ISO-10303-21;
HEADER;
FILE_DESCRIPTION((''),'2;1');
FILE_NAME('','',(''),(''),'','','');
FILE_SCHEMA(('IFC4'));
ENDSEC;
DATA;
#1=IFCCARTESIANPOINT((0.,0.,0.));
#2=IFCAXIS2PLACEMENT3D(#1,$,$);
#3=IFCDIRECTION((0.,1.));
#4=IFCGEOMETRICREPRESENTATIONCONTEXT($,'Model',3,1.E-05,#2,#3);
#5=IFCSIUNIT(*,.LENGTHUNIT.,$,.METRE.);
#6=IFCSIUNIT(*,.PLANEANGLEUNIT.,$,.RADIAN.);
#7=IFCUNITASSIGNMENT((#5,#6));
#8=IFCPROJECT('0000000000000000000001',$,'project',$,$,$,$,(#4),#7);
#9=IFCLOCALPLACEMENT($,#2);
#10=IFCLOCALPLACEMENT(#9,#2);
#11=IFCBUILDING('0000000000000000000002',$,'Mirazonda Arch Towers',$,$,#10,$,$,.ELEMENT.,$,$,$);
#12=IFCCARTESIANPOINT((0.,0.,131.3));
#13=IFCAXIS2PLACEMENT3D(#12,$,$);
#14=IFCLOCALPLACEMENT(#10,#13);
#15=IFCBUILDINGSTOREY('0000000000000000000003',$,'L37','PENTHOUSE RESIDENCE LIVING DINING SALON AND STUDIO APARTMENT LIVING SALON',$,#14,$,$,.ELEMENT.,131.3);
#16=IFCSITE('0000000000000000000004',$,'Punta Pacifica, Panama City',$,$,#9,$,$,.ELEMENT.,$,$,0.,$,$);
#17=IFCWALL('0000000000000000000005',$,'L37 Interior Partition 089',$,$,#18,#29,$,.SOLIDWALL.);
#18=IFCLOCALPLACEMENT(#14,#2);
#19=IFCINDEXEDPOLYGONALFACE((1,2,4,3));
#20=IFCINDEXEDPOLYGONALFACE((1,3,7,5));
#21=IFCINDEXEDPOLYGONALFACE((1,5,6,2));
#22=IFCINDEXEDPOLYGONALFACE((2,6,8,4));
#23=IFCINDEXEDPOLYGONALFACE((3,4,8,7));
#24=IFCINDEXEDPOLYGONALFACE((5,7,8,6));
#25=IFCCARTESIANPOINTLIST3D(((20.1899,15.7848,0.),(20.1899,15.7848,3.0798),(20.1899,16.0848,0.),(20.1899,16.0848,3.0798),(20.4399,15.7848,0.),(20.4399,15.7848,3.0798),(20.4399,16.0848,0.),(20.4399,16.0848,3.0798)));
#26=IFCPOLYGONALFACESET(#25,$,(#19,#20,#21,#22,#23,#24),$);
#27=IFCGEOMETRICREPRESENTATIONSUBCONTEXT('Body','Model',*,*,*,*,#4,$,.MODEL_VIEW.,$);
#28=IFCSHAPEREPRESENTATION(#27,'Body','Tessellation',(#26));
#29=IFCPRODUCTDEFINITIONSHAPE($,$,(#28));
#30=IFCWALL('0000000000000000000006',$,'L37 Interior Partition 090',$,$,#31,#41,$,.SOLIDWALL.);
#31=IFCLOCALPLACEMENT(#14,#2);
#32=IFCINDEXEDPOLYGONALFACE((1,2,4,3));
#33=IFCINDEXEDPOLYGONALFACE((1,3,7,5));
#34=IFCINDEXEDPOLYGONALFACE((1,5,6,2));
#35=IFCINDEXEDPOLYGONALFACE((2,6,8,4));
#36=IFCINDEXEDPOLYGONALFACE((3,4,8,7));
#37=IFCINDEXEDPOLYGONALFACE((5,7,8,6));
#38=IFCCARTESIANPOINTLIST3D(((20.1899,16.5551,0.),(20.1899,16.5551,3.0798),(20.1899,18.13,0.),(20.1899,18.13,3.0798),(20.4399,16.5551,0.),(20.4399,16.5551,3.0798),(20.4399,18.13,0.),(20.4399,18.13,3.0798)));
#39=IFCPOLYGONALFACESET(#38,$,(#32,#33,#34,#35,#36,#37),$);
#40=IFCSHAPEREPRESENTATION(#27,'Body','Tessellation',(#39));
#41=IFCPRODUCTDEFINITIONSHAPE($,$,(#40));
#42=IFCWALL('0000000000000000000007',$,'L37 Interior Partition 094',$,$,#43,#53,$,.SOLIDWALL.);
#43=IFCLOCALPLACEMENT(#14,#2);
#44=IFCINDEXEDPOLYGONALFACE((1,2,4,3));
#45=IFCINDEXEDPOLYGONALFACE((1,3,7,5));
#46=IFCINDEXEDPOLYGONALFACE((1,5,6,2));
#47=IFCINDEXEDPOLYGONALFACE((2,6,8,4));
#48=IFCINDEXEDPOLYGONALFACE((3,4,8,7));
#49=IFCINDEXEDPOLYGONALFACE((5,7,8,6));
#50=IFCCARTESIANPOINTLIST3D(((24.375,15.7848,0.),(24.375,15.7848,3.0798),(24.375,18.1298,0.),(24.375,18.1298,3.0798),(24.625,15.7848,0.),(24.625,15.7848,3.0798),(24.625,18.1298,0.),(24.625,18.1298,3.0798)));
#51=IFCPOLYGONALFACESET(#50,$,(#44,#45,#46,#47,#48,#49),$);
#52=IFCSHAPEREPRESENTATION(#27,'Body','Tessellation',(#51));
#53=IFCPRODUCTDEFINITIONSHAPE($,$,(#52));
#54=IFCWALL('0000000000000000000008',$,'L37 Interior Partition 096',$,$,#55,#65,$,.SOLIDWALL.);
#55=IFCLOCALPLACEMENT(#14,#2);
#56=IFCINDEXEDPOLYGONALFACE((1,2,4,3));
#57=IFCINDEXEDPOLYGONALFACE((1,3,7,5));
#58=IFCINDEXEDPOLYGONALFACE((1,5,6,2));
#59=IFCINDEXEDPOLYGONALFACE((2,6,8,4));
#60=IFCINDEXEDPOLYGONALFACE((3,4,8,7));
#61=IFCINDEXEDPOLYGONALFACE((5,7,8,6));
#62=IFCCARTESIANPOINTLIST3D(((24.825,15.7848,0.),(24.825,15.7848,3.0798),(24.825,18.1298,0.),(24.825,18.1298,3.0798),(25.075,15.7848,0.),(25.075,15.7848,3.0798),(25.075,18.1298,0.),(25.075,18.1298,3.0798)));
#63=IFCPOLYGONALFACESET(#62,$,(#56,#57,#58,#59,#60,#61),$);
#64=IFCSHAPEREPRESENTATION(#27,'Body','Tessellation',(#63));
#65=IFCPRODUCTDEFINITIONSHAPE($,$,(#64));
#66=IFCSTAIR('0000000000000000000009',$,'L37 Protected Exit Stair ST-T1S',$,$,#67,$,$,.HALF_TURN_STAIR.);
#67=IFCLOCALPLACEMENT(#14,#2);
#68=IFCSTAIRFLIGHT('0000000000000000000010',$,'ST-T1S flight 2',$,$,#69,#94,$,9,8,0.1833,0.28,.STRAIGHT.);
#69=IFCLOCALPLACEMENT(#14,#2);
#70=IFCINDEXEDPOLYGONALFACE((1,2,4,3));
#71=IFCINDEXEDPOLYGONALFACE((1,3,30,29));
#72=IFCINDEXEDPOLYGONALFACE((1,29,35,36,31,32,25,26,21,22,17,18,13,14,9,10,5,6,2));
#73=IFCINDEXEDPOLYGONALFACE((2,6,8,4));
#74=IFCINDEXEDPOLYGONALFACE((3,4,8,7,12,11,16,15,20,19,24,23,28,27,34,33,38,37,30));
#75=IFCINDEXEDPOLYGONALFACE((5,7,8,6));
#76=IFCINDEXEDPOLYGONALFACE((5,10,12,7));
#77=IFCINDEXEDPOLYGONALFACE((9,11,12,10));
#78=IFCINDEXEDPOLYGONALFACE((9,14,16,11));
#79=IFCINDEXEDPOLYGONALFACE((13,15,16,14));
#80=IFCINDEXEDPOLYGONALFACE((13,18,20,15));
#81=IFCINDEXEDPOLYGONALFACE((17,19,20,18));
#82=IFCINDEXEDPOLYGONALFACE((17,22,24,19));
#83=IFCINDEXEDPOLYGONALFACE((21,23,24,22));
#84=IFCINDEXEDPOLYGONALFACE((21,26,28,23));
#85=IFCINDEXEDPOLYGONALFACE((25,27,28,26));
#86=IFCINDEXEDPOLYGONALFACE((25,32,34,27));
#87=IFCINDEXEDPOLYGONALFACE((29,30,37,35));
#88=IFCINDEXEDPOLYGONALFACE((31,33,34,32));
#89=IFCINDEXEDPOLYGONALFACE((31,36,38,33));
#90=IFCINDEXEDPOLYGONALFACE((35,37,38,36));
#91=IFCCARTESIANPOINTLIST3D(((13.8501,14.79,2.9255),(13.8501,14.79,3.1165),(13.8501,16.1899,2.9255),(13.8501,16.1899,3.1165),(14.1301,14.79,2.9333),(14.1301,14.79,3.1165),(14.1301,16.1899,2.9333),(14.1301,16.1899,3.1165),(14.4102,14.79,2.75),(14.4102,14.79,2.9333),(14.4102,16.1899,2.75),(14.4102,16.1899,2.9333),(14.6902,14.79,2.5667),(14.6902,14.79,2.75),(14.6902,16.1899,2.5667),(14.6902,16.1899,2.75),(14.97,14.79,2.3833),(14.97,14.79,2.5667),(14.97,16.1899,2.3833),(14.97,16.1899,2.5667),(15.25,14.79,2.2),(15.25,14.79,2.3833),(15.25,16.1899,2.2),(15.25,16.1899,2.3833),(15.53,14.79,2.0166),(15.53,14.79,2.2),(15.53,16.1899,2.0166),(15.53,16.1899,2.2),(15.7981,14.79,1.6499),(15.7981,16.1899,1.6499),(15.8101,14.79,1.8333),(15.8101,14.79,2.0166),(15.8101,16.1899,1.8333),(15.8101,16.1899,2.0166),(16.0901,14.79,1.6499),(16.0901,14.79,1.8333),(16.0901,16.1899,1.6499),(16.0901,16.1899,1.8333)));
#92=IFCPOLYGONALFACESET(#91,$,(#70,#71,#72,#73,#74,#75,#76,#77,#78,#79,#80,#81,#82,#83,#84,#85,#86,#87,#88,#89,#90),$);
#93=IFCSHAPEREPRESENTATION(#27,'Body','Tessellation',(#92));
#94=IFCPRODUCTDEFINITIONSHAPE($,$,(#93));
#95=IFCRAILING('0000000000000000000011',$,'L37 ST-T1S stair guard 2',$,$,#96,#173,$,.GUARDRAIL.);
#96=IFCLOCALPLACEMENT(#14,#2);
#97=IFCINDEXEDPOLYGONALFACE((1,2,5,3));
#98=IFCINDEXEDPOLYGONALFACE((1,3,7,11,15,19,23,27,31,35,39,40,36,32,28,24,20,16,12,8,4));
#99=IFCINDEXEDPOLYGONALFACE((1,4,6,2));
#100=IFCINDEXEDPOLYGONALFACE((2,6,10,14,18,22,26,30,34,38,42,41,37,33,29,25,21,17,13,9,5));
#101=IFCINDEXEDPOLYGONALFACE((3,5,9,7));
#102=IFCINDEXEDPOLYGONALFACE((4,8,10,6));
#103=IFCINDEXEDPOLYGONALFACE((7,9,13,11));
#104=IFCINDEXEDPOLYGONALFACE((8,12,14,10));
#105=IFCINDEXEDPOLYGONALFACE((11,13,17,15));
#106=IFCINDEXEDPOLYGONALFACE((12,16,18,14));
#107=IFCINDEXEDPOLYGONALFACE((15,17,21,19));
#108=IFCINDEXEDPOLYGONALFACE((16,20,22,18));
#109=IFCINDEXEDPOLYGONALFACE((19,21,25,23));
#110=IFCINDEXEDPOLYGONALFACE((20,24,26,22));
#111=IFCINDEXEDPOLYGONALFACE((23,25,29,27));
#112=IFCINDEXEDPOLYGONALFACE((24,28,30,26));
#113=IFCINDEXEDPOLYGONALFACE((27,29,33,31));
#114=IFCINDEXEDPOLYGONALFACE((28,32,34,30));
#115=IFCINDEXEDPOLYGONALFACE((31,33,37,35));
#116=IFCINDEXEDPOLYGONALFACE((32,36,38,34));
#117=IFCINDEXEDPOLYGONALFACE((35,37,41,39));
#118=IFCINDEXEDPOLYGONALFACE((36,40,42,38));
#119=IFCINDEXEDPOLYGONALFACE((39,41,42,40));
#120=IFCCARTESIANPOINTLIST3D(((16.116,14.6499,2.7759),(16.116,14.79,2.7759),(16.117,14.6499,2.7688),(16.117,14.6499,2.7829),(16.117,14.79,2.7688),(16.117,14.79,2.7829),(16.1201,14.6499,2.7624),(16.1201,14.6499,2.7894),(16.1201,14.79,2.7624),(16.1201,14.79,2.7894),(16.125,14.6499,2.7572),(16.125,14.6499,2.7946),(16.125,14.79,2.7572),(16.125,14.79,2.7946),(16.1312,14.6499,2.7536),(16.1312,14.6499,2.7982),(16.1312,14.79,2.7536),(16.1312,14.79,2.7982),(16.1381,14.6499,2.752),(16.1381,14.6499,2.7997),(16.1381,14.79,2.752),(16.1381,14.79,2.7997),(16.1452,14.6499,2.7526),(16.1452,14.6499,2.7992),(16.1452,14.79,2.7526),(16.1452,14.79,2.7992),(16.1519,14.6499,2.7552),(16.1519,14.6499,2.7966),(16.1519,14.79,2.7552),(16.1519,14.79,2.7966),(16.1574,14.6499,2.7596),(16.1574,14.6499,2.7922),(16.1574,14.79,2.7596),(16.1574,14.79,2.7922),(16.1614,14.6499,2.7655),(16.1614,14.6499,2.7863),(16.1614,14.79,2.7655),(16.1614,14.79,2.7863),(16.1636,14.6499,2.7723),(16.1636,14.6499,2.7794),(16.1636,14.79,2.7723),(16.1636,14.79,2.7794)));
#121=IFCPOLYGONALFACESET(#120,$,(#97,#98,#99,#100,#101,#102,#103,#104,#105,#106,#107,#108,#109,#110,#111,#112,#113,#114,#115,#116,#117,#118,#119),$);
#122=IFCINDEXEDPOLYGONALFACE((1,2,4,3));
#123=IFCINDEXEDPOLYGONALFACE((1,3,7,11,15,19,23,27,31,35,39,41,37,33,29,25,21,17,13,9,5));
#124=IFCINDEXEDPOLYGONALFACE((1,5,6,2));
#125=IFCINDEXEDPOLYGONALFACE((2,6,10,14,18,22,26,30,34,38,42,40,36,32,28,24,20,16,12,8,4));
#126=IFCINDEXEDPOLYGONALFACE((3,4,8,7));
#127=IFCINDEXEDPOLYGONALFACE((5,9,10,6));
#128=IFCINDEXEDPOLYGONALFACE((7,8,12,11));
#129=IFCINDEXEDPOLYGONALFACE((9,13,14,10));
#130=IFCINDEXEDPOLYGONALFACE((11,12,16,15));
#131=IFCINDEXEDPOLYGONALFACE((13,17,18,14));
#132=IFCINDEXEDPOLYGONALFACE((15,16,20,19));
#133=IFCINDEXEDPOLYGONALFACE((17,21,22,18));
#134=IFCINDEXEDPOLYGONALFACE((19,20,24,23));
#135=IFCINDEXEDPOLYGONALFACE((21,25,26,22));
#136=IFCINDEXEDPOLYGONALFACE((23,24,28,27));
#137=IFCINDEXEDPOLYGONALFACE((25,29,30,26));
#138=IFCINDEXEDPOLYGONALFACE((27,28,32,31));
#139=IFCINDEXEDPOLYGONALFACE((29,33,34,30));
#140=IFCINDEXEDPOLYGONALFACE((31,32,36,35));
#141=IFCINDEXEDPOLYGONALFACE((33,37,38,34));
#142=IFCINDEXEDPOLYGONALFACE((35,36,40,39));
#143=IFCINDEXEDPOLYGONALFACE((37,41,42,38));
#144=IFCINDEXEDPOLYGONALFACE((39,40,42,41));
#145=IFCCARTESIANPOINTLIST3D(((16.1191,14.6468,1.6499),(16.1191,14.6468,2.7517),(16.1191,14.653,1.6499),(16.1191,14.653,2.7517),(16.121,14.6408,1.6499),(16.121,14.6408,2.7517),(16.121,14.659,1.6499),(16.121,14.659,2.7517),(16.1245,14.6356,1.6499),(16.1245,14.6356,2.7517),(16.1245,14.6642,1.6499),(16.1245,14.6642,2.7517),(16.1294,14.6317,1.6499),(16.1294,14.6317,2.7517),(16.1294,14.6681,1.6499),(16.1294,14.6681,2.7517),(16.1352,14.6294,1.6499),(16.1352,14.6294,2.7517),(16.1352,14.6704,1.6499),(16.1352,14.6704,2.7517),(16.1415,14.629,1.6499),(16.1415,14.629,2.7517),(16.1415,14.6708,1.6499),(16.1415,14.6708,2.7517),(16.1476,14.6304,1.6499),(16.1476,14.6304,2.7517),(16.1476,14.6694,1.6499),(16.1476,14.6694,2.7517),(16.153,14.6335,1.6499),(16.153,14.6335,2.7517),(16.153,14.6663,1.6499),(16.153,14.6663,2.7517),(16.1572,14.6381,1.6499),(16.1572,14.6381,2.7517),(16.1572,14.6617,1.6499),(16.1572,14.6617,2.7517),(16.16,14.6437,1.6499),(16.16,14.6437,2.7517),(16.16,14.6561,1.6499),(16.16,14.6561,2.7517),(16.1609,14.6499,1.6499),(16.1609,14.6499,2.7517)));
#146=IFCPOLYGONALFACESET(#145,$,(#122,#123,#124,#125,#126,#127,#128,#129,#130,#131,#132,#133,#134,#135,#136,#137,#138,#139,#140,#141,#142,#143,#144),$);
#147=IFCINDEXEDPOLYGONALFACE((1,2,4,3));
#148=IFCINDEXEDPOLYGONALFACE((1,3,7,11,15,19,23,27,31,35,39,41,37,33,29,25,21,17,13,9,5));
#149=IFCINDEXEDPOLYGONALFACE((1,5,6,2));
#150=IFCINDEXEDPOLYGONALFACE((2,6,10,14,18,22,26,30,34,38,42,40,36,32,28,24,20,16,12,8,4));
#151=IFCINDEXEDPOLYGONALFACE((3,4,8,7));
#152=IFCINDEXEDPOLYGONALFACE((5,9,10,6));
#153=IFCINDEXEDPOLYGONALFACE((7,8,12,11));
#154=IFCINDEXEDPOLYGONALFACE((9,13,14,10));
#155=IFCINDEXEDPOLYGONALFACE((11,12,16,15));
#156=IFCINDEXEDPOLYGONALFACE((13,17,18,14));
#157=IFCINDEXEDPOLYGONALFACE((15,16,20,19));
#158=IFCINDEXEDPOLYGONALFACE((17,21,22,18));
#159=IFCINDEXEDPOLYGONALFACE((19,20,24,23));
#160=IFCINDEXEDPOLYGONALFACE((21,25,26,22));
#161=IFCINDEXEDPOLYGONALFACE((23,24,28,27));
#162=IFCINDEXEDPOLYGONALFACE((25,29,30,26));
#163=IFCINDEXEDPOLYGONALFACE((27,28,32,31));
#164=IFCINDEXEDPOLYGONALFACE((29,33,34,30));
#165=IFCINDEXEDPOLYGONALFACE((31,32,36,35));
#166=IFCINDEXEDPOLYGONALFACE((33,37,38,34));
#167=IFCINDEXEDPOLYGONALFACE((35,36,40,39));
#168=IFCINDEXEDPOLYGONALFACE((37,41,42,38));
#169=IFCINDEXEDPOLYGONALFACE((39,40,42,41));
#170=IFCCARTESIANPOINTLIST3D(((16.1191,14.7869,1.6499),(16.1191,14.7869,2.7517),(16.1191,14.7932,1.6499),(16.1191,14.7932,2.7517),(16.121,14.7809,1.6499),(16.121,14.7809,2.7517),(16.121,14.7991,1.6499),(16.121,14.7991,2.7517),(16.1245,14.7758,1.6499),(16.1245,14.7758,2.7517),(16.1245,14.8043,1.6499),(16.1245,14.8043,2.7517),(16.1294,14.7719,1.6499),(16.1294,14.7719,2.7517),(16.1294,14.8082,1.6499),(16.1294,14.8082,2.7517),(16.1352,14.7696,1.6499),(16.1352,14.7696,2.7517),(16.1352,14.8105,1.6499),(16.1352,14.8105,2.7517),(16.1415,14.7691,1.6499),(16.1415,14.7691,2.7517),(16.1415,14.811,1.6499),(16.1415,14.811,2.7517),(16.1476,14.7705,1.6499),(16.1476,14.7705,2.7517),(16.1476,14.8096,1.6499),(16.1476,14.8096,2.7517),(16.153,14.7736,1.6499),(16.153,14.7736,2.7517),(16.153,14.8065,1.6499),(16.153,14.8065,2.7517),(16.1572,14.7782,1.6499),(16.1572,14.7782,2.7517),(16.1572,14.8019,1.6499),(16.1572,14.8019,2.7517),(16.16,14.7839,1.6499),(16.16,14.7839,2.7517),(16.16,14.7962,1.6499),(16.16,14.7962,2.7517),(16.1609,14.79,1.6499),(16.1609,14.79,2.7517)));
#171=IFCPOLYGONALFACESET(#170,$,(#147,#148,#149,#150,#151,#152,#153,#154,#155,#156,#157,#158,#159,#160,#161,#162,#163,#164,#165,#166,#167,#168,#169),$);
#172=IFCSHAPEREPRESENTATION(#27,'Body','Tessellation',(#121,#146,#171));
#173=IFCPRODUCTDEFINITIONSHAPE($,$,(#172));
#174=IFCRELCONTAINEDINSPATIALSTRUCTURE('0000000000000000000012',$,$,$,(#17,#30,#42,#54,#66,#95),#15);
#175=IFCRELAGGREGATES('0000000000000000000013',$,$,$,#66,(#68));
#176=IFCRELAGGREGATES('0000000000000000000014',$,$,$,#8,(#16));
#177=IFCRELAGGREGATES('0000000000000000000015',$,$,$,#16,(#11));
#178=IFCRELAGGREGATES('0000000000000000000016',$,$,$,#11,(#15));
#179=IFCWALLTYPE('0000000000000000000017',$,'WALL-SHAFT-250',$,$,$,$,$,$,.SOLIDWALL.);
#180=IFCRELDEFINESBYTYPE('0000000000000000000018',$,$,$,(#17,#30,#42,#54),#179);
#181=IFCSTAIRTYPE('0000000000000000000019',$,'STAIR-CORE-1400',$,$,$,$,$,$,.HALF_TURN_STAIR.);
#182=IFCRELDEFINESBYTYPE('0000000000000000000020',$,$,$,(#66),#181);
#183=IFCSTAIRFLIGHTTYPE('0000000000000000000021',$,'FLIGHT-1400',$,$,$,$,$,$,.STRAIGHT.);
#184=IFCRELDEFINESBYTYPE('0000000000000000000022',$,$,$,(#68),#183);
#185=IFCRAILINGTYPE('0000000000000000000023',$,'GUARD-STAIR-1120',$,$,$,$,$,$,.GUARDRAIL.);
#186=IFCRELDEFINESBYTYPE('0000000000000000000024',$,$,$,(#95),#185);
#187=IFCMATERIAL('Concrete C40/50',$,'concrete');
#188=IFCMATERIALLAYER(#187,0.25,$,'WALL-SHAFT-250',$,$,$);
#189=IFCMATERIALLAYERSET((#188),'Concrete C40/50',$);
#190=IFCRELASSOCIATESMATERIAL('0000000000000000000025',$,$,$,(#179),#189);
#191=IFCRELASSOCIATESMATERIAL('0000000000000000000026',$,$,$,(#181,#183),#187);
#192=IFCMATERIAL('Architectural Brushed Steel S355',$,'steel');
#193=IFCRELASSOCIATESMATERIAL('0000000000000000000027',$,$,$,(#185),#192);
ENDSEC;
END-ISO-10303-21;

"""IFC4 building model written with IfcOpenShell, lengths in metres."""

from ifc_helpers import new_model, si_unit, direction, frame, frame_2d, origin, origin_2d, place, context, subcontext, project, spatial, polyline, rectangle, circle, outline, extrude, material, layer, layer_set, type_object, element, aggregate, save


model = new_model("IFC4")

# Units and contexts
model_context = context("Model", 3, precision=1e-05, world=origin(), true_north=direction((0.0, 1.0)))
body_context = subcontext(model_context, "Body", "Model", "MODEL_VIEW")
ifc_project = project(units=[si_unit("LENGTHUNIT", "METRE"), si_unit("PLANEANGLEUNIT", "RADIAN")], contexts=[model_context])

# Site, building, storey
site_placement = place(None, origin())
site = spatial("IfcSite", under=ifc_project, at=site_placement, Name="Punta Pacifica, Panama City", CompositionType="ELEMENT", RefElevation=0.0)
building_placement = place(site_placement, origin())
building = spatial("IfcBuilding", under=site, at=building_placement, Name="Mirazonda Arch Towers", CompositionType="ELEMENT")
storey_placement = place(building_placement, frame((0.0, 0.0, 131.3)))
storey = spatial("IfcBuildingStorey", under=building, at=storey_placement, Name="L37", Description="PENTHOUSE RESIDENCE LIVING DINING SALON AND STUDIO APARTMENT LIVING SALON", CompositionType="ELEMENT", Elevation=131.3)

# Shared definitions
ifc_material_1 = material(Name="Architectural Brushed Steel S355", Category="steel")

# Walls
ifc_material_2 = material(Name="Concrete C40/50", Category="concrete")
ifc_layer_1 = layer(ifc_material_2, 0.25, Name="WALL-SHAFT-250")
ifc_layer_set_1 = layer_set([ifc_layer_1], Name="Concrete C40/50")
wall_type_1 = type_object("IfcWallType", Name="WALL-SHAFT-250", PredefinedType="SOLIDWALL", material=ifc_layer_set_1)
wall_1_placement = place(storey_placement, frame((20.3149, 15.7849, 0.0), z_axis=(0.0, 0.0, 1.0), x_axis=(0.0, 1.0, 0.0)))
element("IfcWall", 1, at=wall_1_placement, inside=storey, type_object=wall_type_1, Name="L37 Interior Partition 089", PredefinedType="SOLIDWALL", context=body_context, shape_type="SweptSolid", body=[
    extrude(rectangle(XDim=0.3, YDim=0.25, at=frame_2d((0.1499, 0.0))), origin(), (0.0, 0.0, 1.0), 3.0798),
])
wall_2_placement = place(storey_placement, frame((20.3149, 16.5549, 0.0), z_axis=(0.0, 0.0, 1.0), x_axis=(0.0, 1.0, 0.0)))
element("IfcWall", 2, at=wall_2_placement, inside=storey, type_object=wall_type_1, Name="L37 Interior Partition 090", PredefinedType="SOLIDWALL", context=body_context, shape_type="SweptSolid", body=[
    extrude(rectangle(XDim=1.575, YDim=0.25, at=frame_2d((0.7876, 0.0))), origin(), (0.0, 0.0, 1.0), 3.0798),
])
for number, where, z_axis, x_axis, name in (
    (3, (24.5, 15.7849, 0.0), (0.0, 0.0, 1.0), (0.0, 1.0, 0.0), "L37 Interior Partition 094"),
    (4, (24.95, 15.7849, 0.0), (0.0, 0.0, 1.0), (0.0, 1.0, 0.0), "L37 Interior Partition 096"),
):
    element("IfcWall", number, at=place(storey_placement, frame(where, z_axis=z_axis, x_axis=x_axis)), inside=storey, type_object=wall_type_1, Name=name, PredefinedType="SOLIDWALL", context=body_context, shape_type="SweptSolid", body=[
        extrude(rectangle(XDim=2.345, YDim=0.25, at=frame_2d((1.1724, 0.0))), origin(), (0.0, 0.0, 1.0), 3.0798),
    ])

# Stair, stair flight
stair_type = type_object("IfcStairType", Name="STAIR-CORE-1400", PredefinedType="HALF_TURN_STAIR", material=ifc_material_2)
stair_placement = place(storey_placement, origin())
stair = element("IfcStair", 5, at=stair_placement, inside=storey, type_object=stair_type, Name="L37 Protected Exit Stair ST-T1S", PredefinedType="HALF_TURN_STAIR")
stair_flight_type = type_object("IfcStairFlightType", Name="FLIGHT-1400", PredefinedType="STRAIGHT", material=ifc_material_2)
stair_flight_placement = place(storey_placement, frame((16.0901, 15.49, 1.6499), z_axis=(0.0, 0.0, 1.0), x_axis=(-1.0, 0.0, 0.0)))
stair_flight = element("IfcStairFlight", 6, at=stair_flight_placement, type_object=stair_flight_type, Name="ST-T1S flight 2", NumberOfRisers=9, NumberOfTreads=8, PredefinedType="STRAIGHT", RiserHeight=0.1833, TreadLength=0.28, context=body_context, shape_type="SweptSolid", body=[
    extrude(outline(polyline([(0.0, 0.0), (0.0, 0.1833), (0.28, 0.1833), (0.28, 0.3667), (0.5601, 0.3667), (0.5601, 0.55), (0.8401, 0.55), (0.8401, 0.7334), (1.1201, 0.7334), (1.1201, 0.9167), (1.3999, 0.9167), (1.3999, 1.1001), (1.6799, 1.1001), (1.6799, 1.2834), (1.96, 1.2834), (1.96, 1.4666), (2.24, 1.4666), (2.24, 1.6499), (2.24, 1.2756), (0.292, 0.0), (0.0, 0.0)])), frame((0.0, 0.7, 0.0), z_axis=(0.0, -1.0, 0.0), x_axis=(1.0, 0.0, 0.0)), (0.0, 0.0, 1.0), 1.3999),
])
aggregate(stair, [stair_flight])

# Railing
railing_type_1 = type_object("IfcRailingType", Name="GUARD-STAIR-1120", PredefinedType="GUARDRAIL", material=ifc_material_1)
railing_1_placement = place(storey_placement, frame((16.1399, 14.6499, 1.6499)))
element("IfcRailing", 7, at=railing_1_placement, inside=storey, type_object=railing_type_1, Name="L37 ST-T1S stair guard 2", PredefinedType="GUARDRAIL", context=body_context, shape_type="SweptSolid", body=[
    extrude(circle(Radius=0.0239, at=origin_2d()), frame((0.0, 0.0, 1.126), z_axis=(0.0, 1.0, 0.0), x_axis=(-1.0, 0.0, 0.0)), (0.0, 0.0, 1.0), 0.1401),
    extrude(circle(Radius=0.021, at=origin_2d()), origin(), (0.0, 0.0, 1.0), 1.1018),
    extrude(circle(Radius=0.021, at=origin_2d()), frame((0.0, 0.1401, 0.0)), (0.0, 0.0, 1.0), 1.1018),
])

save(model, "model.ifc")
